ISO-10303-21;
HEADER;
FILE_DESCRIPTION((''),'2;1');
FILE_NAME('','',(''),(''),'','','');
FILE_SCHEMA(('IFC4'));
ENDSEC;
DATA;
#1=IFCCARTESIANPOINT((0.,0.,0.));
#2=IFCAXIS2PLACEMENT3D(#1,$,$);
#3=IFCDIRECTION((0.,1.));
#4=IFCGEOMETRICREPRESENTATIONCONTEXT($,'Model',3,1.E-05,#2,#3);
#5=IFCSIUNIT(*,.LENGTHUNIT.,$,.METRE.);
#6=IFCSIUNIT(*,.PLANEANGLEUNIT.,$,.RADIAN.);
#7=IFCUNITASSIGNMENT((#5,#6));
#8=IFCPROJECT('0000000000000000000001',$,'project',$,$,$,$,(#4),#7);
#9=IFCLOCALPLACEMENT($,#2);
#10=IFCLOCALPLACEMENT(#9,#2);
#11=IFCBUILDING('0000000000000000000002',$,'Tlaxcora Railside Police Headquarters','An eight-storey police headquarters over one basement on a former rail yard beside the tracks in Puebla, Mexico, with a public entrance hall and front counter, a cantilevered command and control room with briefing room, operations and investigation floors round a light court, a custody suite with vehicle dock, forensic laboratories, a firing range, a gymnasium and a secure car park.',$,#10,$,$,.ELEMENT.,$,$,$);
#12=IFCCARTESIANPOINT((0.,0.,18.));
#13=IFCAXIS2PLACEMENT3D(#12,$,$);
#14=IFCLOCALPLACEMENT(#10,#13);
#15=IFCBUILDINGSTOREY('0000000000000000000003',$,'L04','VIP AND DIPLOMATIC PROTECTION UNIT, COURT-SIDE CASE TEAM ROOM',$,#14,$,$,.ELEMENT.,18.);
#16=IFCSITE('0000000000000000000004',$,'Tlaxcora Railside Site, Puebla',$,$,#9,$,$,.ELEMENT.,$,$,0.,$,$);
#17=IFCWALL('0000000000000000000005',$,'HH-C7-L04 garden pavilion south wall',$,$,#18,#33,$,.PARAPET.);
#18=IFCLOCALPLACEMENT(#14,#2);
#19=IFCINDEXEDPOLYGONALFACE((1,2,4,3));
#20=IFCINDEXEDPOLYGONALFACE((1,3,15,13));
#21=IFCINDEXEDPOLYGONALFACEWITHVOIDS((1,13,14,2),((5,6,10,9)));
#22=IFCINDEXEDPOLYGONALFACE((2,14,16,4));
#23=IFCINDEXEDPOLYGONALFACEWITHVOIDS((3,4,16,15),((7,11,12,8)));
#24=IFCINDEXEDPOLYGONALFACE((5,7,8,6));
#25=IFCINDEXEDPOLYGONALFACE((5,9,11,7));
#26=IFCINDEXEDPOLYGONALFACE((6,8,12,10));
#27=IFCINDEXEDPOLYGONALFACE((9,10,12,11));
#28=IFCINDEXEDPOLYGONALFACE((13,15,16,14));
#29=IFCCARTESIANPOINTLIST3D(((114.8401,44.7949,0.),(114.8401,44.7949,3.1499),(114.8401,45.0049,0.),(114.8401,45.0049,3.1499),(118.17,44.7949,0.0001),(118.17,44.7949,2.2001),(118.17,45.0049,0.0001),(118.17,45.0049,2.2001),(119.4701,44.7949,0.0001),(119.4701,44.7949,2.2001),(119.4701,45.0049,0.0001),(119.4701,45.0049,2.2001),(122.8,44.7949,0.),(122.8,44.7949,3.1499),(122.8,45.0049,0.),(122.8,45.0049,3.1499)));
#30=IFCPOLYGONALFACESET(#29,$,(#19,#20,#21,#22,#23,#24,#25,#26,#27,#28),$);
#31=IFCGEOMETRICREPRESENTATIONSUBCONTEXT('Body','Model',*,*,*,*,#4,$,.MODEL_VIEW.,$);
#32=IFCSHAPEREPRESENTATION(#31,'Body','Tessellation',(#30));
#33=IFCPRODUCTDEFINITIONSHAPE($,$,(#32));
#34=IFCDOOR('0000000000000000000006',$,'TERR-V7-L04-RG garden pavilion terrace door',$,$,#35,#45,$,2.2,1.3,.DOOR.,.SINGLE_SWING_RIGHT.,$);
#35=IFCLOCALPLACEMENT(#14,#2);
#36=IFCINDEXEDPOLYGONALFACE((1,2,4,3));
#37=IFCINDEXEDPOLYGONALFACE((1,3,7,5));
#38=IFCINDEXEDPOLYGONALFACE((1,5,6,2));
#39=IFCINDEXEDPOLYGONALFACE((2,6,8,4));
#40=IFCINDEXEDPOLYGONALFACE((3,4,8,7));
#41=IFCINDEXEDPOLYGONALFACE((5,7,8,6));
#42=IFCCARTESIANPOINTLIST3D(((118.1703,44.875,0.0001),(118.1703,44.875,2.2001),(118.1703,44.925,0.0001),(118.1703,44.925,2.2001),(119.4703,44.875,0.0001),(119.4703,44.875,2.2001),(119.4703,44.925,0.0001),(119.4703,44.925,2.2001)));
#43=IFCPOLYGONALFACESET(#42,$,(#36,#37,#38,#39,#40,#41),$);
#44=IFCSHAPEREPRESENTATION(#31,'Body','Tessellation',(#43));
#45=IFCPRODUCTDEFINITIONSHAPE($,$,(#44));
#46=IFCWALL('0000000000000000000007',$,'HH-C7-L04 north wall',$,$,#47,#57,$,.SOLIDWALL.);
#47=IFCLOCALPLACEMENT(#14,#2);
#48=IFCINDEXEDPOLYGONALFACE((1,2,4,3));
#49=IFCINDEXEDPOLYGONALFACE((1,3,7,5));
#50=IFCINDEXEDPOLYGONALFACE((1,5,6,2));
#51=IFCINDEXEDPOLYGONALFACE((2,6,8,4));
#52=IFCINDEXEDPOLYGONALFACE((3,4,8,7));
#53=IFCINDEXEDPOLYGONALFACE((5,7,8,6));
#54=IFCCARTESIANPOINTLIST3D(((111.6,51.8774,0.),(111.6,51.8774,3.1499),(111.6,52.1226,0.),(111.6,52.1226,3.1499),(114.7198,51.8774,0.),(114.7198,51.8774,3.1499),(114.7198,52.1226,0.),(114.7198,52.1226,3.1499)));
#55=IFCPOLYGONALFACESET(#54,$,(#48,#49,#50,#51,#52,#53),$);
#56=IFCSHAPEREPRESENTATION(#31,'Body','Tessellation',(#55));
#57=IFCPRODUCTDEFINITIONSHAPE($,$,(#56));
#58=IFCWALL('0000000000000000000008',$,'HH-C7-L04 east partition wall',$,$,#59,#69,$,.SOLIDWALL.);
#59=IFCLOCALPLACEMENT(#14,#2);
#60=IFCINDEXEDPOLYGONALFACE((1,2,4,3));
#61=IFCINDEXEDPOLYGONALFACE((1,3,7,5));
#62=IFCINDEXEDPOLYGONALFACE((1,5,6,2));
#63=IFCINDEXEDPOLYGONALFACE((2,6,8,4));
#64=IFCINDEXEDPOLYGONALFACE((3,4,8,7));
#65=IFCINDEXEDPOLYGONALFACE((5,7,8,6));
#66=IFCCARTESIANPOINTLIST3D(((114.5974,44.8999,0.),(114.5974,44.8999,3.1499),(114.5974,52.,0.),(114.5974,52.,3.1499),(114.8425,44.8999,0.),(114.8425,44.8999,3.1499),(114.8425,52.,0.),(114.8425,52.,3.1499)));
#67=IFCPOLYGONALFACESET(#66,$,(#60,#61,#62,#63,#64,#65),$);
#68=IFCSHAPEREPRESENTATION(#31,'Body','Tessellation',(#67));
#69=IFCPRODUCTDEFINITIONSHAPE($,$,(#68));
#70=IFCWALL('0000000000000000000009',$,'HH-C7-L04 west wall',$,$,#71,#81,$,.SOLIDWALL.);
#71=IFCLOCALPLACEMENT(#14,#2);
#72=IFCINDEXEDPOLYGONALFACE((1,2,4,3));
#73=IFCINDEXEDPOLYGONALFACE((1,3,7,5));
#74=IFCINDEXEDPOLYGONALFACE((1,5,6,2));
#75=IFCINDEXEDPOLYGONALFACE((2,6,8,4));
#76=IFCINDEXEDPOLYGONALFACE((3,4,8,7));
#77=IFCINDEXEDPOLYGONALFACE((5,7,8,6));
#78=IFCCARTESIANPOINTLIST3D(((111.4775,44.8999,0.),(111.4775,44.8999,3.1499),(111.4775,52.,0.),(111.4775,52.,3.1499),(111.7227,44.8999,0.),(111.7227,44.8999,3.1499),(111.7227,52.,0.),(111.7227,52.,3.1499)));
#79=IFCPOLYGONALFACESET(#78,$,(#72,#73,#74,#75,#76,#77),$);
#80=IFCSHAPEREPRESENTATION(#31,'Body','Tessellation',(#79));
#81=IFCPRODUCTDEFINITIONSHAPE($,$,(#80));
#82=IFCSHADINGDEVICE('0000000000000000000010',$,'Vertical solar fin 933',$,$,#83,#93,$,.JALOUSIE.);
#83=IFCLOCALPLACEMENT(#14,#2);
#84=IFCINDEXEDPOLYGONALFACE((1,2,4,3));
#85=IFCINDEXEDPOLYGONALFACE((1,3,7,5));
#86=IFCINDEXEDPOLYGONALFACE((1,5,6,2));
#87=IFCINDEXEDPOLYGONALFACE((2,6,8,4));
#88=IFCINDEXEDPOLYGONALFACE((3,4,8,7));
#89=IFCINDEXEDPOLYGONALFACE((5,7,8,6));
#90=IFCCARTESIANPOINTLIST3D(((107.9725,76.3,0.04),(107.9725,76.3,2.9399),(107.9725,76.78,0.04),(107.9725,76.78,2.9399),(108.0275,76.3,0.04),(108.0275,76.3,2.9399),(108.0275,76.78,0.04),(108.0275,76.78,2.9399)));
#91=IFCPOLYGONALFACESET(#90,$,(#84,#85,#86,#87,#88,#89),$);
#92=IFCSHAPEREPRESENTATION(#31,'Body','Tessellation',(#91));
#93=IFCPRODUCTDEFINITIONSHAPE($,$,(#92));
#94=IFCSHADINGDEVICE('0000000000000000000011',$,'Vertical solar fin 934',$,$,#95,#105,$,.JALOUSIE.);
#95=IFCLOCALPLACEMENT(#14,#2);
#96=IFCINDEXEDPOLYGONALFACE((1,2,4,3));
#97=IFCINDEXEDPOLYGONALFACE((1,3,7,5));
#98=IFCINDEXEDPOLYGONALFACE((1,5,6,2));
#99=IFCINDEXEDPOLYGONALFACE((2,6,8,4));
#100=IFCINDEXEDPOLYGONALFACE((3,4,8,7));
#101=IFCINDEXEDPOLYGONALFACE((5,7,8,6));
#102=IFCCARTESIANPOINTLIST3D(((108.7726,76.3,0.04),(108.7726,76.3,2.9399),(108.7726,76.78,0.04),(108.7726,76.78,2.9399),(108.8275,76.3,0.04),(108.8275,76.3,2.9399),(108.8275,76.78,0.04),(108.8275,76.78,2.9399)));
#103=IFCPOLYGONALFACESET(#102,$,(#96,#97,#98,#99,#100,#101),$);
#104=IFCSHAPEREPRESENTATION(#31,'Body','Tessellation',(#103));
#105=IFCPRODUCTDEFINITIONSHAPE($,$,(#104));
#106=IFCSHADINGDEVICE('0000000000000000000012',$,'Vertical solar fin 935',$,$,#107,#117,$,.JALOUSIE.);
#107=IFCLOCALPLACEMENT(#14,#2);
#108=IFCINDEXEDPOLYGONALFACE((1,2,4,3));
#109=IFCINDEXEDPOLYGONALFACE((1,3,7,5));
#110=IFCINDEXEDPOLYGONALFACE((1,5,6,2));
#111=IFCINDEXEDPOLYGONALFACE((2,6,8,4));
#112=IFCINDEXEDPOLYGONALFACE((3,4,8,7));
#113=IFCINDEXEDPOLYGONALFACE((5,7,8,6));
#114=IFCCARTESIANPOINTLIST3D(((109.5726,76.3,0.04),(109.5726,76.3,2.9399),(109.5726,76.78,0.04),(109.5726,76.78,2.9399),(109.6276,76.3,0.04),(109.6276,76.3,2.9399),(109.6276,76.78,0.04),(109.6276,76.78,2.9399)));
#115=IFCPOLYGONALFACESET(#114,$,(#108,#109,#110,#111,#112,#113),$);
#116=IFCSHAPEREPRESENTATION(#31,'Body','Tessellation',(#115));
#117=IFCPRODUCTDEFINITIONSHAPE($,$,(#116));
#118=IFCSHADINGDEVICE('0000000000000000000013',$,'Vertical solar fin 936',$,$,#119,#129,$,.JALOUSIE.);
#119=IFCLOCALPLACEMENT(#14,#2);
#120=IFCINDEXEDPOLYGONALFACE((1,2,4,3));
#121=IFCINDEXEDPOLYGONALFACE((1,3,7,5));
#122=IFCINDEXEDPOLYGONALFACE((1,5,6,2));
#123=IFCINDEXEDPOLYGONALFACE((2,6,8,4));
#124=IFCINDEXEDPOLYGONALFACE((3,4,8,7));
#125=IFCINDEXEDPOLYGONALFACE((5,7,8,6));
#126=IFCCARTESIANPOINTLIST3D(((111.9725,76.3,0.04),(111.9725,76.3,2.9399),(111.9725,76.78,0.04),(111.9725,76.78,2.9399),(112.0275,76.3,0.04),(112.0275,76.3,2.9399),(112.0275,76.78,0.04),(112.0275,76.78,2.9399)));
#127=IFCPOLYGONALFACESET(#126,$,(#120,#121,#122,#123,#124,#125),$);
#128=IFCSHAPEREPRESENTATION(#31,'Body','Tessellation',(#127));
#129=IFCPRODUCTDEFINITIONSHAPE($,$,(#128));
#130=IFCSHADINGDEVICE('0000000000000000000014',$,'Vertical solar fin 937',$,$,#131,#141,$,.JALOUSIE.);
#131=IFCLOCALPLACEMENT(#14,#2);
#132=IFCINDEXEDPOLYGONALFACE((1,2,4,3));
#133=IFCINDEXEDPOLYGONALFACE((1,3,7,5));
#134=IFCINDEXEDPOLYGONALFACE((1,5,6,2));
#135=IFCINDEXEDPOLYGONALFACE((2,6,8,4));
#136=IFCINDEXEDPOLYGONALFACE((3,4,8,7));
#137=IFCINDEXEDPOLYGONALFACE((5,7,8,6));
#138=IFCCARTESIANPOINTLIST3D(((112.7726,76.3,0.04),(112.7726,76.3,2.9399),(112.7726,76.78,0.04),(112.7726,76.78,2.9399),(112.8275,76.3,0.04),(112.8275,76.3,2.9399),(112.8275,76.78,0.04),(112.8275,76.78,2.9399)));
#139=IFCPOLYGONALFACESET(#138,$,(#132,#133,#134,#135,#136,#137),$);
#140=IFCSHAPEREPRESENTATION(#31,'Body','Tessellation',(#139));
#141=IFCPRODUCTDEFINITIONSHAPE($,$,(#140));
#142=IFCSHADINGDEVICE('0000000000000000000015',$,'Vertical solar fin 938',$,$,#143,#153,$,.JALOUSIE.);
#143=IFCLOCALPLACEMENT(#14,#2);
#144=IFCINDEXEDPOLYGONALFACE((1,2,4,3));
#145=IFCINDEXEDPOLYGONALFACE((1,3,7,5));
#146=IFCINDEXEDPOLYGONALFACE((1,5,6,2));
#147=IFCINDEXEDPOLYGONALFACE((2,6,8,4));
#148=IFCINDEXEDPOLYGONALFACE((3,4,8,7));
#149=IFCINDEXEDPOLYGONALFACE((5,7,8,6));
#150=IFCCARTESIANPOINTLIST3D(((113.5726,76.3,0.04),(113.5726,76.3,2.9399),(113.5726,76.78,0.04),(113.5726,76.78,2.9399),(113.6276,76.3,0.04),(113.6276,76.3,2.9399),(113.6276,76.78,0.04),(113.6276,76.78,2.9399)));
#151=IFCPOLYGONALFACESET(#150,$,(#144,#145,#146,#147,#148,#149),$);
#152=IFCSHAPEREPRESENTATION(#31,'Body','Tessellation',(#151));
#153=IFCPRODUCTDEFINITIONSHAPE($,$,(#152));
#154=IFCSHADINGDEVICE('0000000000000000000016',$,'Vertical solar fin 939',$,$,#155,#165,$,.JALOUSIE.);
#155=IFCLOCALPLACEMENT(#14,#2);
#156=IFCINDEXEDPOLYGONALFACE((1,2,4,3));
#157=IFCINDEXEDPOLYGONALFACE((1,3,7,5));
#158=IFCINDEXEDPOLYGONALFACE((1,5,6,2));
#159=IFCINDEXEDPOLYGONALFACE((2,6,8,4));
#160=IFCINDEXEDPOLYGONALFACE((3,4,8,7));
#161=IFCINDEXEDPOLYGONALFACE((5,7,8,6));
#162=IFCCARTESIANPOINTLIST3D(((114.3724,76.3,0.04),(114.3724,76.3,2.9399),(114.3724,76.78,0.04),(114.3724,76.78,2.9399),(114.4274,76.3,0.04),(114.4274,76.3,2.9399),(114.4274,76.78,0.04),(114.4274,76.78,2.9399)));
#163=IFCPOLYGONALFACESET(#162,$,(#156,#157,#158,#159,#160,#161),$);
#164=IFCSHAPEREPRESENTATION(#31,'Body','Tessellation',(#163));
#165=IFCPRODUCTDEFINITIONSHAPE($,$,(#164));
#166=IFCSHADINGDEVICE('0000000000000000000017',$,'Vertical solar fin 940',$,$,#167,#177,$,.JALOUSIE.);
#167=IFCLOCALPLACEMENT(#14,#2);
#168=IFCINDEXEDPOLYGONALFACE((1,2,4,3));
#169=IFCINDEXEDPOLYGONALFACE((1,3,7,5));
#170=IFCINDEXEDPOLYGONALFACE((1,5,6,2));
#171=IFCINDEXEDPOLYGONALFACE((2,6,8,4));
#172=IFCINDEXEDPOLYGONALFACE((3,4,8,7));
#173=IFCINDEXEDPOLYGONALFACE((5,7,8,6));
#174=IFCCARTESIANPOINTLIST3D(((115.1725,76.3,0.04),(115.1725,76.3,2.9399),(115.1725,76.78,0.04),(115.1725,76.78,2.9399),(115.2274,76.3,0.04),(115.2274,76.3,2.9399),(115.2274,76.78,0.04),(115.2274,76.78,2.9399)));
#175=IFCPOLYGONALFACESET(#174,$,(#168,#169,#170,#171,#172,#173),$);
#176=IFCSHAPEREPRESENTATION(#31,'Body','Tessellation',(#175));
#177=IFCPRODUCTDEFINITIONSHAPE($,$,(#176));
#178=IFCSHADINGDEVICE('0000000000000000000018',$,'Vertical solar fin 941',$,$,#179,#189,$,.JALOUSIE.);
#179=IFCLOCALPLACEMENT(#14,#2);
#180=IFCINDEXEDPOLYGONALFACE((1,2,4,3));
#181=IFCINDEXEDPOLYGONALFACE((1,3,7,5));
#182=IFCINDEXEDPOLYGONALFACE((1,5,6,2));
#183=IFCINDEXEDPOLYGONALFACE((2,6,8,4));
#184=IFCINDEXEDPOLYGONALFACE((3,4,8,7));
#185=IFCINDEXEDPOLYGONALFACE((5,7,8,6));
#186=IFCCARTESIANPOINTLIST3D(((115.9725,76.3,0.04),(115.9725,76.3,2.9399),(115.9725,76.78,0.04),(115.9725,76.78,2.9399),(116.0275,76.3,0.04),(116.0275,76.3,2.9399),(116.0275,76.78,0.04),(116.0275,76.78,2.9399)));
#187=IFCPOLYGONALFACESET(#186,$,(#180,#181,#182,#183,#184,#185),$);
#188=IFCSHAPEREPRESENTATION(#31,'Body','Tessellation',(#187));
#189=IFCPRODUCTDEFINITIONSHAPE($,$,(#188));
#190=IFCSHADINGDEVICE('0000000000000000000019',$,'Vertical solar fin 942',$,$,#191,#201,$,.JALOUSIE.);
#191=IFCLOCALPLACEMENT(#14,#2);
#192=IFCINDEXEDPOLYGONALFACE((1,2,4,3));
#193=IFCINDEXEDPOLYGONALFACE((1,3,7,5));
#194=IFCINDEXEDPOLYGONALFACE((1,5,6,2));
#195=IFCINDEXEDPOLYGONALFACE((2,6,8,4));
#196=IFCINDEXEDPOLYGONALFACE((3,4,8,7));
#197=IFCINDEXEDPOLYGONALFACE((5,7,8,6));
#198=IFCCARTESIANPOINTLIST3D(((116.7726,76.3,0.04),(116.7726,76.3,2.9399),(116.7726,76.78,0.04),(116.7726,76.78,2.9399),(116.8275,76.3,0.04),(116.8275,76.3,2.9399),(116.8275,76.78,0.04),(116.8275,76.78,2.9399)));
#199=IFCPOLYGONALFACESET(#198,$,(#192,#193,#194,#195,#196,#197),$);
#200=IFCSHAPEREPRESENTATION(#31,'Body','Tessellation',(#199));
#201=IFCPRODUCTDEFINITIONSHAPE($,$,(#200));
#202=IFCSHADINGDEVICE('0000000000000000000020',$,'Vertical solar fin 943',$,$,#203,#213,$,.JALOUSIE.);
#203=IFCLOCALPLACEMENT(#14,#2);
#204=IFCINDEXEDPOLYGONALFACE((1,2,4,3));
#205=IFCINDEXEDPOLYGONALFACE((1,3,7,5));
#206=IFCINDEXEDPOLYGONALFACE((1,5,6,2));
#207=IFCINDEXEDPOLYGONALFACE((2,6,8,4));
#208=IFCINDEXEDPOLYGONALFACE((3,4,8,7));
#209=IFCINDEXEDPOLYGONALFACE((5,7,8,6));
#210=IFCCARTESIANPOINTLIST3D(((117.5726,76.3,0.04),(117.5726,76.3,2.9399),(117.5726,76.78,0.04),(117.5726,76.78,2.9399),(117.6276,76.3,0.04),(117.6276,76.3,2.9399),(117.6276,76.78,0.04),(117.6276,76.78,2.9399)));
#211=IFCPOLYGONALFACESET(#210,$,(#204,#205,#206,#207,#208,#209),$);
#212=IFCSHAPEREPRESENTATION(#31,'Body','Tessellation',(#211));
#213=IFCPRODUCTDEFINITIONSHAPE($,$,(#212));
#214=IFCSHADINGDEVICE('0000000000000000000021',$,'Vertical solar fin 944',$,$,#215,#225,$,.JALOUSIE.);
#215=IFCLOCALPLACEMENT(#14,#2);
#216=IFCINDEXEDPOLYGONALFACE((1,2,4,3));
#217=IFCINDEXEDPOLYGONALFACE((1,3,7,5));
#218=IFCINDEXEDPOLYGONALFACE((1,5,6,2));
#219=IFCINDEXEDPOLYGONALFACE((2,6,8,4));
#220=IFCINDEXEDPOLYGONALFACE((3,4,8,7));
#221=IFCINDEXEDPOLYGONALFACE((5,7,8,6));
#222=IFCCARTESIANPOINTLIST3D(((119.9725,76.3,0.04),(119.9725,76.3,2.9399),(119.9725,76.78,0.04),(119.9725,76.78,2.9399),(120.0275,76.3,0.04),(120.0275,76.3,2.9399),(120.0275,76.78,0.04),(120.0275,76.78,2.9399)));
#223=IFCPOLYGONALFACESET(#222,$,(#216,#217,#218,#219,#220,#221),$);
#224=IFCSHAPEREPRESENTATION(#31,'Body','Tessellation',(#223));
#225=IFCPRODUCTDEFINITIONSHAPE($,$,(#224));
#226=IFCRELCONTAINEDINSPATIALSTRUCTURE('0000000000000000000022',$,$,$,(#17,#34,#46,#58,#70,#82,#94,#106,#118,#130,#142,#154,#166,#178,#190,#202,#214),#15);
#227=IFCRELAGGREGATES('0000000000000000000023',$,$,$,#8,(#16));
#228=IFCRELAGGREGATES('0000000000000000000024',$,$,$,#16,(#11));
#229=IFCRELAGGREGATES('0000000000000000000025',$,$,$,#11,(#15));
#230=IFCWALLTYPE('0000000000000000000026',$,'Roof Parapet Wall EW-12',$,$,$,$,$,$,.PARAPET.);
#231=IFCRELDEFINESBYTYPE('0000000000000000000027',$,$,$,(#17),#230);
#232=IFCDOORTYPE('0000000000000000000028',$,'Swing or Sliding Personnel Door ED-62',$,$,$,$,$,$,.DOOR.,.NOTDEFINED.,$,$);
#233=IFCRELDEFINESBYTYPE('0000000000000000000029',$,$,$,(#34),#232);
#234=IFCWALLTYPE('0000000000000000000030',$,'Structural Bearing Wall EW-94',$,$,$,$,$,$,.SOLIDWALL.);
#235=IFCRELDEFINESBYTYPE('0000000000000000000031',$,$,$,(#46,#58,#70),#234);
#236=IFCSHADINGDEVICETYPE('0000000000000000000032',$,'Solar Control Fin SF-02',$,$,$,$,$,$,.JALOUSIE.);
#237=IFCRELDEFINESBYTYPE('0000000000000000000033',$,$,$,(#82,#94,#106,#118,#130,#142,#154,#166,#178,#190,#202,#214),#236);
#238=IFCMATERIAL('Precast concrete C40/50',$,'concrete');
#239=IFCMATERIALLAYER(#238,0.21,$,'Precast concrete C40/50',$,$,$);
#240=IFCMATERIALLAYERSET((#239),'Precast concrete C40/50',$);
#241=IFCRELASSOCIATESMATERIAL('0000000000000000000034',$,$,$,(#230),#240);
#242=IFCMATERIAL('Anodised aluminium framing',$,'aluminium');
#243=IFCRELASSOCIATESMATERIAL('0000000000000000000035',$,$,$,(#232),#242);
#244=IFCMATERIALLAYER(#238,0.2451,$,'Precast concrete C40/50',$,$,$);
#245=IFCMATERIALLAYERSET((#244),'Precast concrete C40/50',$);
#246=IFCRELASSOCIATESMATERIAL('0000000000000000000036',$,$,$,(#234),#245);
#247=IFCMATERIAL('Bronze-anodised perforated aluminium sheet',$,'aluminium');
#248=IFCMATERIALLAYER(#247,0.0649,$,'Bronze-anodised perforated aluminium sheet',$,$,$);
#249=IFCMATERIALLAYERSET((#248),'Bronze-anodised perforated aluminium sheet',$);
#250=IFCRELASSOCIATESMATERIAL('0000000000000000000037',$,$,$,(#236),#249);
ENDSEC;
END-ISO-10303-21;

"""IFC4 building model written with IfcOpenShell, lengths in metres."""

from ifc_helpers import new_model, si_unit, direction, frame, frame_2d, origin, origin_2d, place, context, subcontext, project, spatial, rectangle, extrude, material, layer, layer_set, type_object, element, fill, save


model = new_model("IFC4")

# Units and contexts
model_context = context("Model", 3, precision=1e-05, world=origin(), true_north=direction((0.0, 1.0)))
body_context = subcontext(model_context, "Body", "Model", "MODEL_VIEW")
ifc_project = project(units=[si_unit("LENGTHUNIT", "METRE"), si_unit("PLANEANGLEUNIT", "RADIAN")], contexts=[model_context])

# Site, building, storey
site_placement = place(None, origin())
site = spatial("IfcSite", under=ifc_project, at=site_placement, Name="Tlaxcora Railside Site, Puebla", CompositionType="ELEMENT", RefElevation=0.0)
building_placement = place(site_placement, origin())
building = spatial("IfcBuilding", under=site, at=building_placement, Name="Tlaxcora Railside Police Headquarters", Description="An eight-storey police headquarters over one basement on a former rail yard beside the tracks in Puebla, Mexico, with a public entrance hall and front counter, a cantilevered command and control room with briefing room, operations and investigation floors round a light court, a custody suite with vehicle dock, forensic laboratories, a firing range, a gymnasium and a secure car park.", CompositionType="ELEMENT")
storey_placement = place(building_placement, frame((0.0, 0.0, 18.0)))
storey = spatial("IfcBuildingStorey", under=building, at=storey_placement, Name="L04", Description="VIP AND DIPLOMATIC PROTECTION UNIT, COURT-SIDE CASE TEAM ROOM", CompositionType="ELEMENT", Elevation=18.0)

# Wall, opening, door
ifc_material_1 = material(Name="Precast concrete C40/50", Category="concrete")
ifc_layer_1 = layer(ifc_material_1, 0.21, Name="Precast concrete C40/50")
ifc_layer_set_1 = layer_set([ifc_layer_1], Name="Precast concrete C40/50")
wall_type_1 = type_object("IfcWallType", Name="Roof Parapet Wall EW-12", PredefinedType="PARAPET", material=ifc_layer_set_1)
wall_1_placement = place(storey_placement, frame((114.8401, 44.8999, 0.0), z_axis=(0.0, 0.0, 1.0), x_axis=(1.0, 0.0, 0.0)))
wall_1 = element("IfcWall", 1, at=wall_1_placement, inside=storey, type_object=wall_type_1, Name="HH-C7-L04 garden pavilion south wall", PredefinedType="PARAPET", context=body_context, shape_type="SweptSolid", body=[
    extrude(rectangle(XDim=7.96, YDim=0.21, at=frame_2d((3.98, 0.0))), origin(), (0.0, 0.0, 1.0), 3.1499),
])
opening_1_placement = place(wall_1_placement, frame((3.3301, 0.0, 0.0)))
opening_1 = element("IfcOpeningElement", 2, at=opening_1_placement, cuts=wall_1, PredefinedType="OPENING", context=body_context, shape_type="SweptSolid", body=[
    extrude(rectangle(XDim=1.3, YDim=2.2, at=frame_2d((0.6499, 1.1001))), frame((0.0, 0.115, 0.0), z_axis=(0.0, -1.0, 0.0), x_axis=(1.0, 0.0, 0.0)), (0.0, 0.0, 1.0), 0.23),
])
ifc_material_2 = material(Name="Anodised aluminium framing", Category="aluminium")
door_type_1 = type_object("IfcDoorType", Name="Swing or Sliding Personnel Door ED-62", OperationType="NOTDEFINED", PredefinedType="DOOR", material=ifc_material_2)
door_1_placement = place(opening_1_placement, frame((1.3, 0.0, 0.0), z_axis=(0.0, 0.0, 1.0), x_axis=(-1.0, 0.0, 0.0)))
door_1 = element("IfcDoor", 3, at=door_1_placement, inside=storey, type_object=door_type_1, Name="TERR-V7-L04-RG garden pavilion terrace door", OperationType="SINGLE_SWING_RIGHT", OverallHeight=2.2, OverallWidth=1.3, PredefinedType="DOOR", context=body_context, shape_type="SweptSolid", body=[
    extrude(rectangle(XDim=1.3, YDim=2.2, at=frame_2d((0.6499, 1.1001))), frame((0.0, 0.0249, 0.0), z_axis=(0.0, -1.0, 0.0), x_axis=(1.0, 0.0, 0.0)), (0.0, 0.0, 1.0), 0.05),
])
fill(opening_1, door_1)
ifc_layer_2 = layer(ifc_material_1, 0.2451, Name="Precast concrete C40/50")
ifc_layer_set_2 = layer_set([ifc_layer_2], Name="Precast concrete C40/50")
wall_type_2 = type_object("IfcWallType", Name="Structural Bearing Wall EW-94", PredefinedType="SOLIDWALL", material=ifc_layer_set_2)

# Walls
wall_2_placement = place(storey_placement, frame((114.72, 52.0, 0.0), z_axis=(0.0, 0.0, 1.0), x_axis=(-1.0, 0.0, 0.0)))
element("IfcWall", 4, at=wall_2_placement, inside=storey, type_object=wall_type_2, Name="HH-C7-L04 north wall", PredefinedType="SOLIDWALL", context=body_context, shape_type="SweptSolid", body=[
    extrude(rectangle(XDim=3.1199, YDim=0.2451, at=frame_2d((1.5601, 0.0))), origin(), (0.0, 0.0, 1.0), 3.1499),
])
for number, where, z_axis, x_axis, name in (
    (5, (114.72, 44.8999, 0.0), (0.0, 0.0, 1.0), (0.0, 1.0, 0.0), "HH-C7-L04 east partition wall"),
    (6, (111.6001, 52.0, 0.0), (0.0, 0.0, 1.0), (0.0, -1.0, 0.0), "HH-C7-L04 west wall"),
):
    element("IfcWall", number, at=place(storey_placement, frame(where, z_axis=z_axis, x_axis=x_axis)), inside=storey, type_object=wall_type_2, Name=name, PredefinedType="SOLIDWALL", context=body_context, shape_type="SweptSolid", body=[
        extrude(rectangle(XDim=7.1001, YDim=0.2451, at=frame_2d((3.55, 0.0))), origin(), (0.0, 0.0, 1.0), 3.1499),
    ])

# Shading devices
ifc_material_3 = material(Name="Bronze-anodised perforated aluminium sheet", Category="aluminium")
ifc_layer_3 = layer(ifc_material_3, 0.0649, Name="Bronze-anodised perforated aluminium sheet")
ifc_layer_set_3 = layer_set([ifc_layer_3], Name="Bronze-anodised perforated aluminium sheet")
shading_device_type = type_object("IfcShadingDeviceType", Name="Solar Control Fin SF-02", PredefinedType="JALOUSIE", material=ifc_layer_set_3)
for number, where, z_axis, x_axis, name in (
    (7, (108.0, 76.54, 0.04), (0.0, 0.0, 1.0), (0.0, -1.0, 0.0), "Vertical solar fin 933"),
    (8, (108.8, 76.54, 0.04), (0.0, 0.0, 1.0), (0.0, -1.0, 0.0), "Vertical solar fin 934"),
    (9, (109.6001, 76.54, 0.04), (0.0, 0.0, 1.0), (0.0, -1.0, 0.0), "Vertical solar fin 935"),
    (10, (112.0, 76.54, 0.04), (0.0, 0.0, 1.0), (0.0, -1.0, 0.0), "Vertical solar fin 936"),
    (11, (112.8, 76.54, 0.04), (0.0, 0.0, 1.0), (0.0, -1.0, 0.0), "Vertical solar fin 937"),
    (12, (113.6001, 76.54, 0.04), (0.0, 0.0, 1.0), (0.0, -1.0, 0.0), "Vertical solar fin 938"),
    (13, (114.3999, 76.54, 0.04), (0.0, 0.0, 1.0), (0.0, -1.0, 0.0), "Vertical solar fin 939"),
    (14, (115.2, 76.54, 0.04), (0.0, 0.0, 1.0), (0.0, -1.0, 0.0), "Vertical solar fin 940"),
    (15, (116.0, 76.54, 0.04), (0.0, 0.0, 1.0), (0.0, -1.0, 0.0), "Vertical solar fin 941"),
    (16, (116.8, 76.54, 0.04), (0.0, 0.0, 1.0), (0.0, -1.0, 0.0), "Vertical solar fin 942"),
    (17, (117.6001, 76.54, 0.04), (0.0, 0.0, 1.0), (0.0, -1.0, 0.0), "Vertical solar fin 943"),
    (18, (120.0, 76.54, 0.04), (0.0, 0.0, 1.0), (0.0, -1.0, 0.0), "Vertical solar fin 944"),
):
    element("IfcShadingDevice", number, at=place(storey_placement, frame(where, z_axis=z_axis, x_axis=x_axis)), inside=storey, type_object=shading_device_type, Name=name, PredefinedType="JALOUSIE", context=body_context, shape_type="SweptSolid", body=[
        extrude(rectangle(XDim=0.48, YDim=0.0549, at=origin_2d()), origin(), (0.0, 0.0, 1.0), 2.8999),
    ])

save(model, "model.ifc")
